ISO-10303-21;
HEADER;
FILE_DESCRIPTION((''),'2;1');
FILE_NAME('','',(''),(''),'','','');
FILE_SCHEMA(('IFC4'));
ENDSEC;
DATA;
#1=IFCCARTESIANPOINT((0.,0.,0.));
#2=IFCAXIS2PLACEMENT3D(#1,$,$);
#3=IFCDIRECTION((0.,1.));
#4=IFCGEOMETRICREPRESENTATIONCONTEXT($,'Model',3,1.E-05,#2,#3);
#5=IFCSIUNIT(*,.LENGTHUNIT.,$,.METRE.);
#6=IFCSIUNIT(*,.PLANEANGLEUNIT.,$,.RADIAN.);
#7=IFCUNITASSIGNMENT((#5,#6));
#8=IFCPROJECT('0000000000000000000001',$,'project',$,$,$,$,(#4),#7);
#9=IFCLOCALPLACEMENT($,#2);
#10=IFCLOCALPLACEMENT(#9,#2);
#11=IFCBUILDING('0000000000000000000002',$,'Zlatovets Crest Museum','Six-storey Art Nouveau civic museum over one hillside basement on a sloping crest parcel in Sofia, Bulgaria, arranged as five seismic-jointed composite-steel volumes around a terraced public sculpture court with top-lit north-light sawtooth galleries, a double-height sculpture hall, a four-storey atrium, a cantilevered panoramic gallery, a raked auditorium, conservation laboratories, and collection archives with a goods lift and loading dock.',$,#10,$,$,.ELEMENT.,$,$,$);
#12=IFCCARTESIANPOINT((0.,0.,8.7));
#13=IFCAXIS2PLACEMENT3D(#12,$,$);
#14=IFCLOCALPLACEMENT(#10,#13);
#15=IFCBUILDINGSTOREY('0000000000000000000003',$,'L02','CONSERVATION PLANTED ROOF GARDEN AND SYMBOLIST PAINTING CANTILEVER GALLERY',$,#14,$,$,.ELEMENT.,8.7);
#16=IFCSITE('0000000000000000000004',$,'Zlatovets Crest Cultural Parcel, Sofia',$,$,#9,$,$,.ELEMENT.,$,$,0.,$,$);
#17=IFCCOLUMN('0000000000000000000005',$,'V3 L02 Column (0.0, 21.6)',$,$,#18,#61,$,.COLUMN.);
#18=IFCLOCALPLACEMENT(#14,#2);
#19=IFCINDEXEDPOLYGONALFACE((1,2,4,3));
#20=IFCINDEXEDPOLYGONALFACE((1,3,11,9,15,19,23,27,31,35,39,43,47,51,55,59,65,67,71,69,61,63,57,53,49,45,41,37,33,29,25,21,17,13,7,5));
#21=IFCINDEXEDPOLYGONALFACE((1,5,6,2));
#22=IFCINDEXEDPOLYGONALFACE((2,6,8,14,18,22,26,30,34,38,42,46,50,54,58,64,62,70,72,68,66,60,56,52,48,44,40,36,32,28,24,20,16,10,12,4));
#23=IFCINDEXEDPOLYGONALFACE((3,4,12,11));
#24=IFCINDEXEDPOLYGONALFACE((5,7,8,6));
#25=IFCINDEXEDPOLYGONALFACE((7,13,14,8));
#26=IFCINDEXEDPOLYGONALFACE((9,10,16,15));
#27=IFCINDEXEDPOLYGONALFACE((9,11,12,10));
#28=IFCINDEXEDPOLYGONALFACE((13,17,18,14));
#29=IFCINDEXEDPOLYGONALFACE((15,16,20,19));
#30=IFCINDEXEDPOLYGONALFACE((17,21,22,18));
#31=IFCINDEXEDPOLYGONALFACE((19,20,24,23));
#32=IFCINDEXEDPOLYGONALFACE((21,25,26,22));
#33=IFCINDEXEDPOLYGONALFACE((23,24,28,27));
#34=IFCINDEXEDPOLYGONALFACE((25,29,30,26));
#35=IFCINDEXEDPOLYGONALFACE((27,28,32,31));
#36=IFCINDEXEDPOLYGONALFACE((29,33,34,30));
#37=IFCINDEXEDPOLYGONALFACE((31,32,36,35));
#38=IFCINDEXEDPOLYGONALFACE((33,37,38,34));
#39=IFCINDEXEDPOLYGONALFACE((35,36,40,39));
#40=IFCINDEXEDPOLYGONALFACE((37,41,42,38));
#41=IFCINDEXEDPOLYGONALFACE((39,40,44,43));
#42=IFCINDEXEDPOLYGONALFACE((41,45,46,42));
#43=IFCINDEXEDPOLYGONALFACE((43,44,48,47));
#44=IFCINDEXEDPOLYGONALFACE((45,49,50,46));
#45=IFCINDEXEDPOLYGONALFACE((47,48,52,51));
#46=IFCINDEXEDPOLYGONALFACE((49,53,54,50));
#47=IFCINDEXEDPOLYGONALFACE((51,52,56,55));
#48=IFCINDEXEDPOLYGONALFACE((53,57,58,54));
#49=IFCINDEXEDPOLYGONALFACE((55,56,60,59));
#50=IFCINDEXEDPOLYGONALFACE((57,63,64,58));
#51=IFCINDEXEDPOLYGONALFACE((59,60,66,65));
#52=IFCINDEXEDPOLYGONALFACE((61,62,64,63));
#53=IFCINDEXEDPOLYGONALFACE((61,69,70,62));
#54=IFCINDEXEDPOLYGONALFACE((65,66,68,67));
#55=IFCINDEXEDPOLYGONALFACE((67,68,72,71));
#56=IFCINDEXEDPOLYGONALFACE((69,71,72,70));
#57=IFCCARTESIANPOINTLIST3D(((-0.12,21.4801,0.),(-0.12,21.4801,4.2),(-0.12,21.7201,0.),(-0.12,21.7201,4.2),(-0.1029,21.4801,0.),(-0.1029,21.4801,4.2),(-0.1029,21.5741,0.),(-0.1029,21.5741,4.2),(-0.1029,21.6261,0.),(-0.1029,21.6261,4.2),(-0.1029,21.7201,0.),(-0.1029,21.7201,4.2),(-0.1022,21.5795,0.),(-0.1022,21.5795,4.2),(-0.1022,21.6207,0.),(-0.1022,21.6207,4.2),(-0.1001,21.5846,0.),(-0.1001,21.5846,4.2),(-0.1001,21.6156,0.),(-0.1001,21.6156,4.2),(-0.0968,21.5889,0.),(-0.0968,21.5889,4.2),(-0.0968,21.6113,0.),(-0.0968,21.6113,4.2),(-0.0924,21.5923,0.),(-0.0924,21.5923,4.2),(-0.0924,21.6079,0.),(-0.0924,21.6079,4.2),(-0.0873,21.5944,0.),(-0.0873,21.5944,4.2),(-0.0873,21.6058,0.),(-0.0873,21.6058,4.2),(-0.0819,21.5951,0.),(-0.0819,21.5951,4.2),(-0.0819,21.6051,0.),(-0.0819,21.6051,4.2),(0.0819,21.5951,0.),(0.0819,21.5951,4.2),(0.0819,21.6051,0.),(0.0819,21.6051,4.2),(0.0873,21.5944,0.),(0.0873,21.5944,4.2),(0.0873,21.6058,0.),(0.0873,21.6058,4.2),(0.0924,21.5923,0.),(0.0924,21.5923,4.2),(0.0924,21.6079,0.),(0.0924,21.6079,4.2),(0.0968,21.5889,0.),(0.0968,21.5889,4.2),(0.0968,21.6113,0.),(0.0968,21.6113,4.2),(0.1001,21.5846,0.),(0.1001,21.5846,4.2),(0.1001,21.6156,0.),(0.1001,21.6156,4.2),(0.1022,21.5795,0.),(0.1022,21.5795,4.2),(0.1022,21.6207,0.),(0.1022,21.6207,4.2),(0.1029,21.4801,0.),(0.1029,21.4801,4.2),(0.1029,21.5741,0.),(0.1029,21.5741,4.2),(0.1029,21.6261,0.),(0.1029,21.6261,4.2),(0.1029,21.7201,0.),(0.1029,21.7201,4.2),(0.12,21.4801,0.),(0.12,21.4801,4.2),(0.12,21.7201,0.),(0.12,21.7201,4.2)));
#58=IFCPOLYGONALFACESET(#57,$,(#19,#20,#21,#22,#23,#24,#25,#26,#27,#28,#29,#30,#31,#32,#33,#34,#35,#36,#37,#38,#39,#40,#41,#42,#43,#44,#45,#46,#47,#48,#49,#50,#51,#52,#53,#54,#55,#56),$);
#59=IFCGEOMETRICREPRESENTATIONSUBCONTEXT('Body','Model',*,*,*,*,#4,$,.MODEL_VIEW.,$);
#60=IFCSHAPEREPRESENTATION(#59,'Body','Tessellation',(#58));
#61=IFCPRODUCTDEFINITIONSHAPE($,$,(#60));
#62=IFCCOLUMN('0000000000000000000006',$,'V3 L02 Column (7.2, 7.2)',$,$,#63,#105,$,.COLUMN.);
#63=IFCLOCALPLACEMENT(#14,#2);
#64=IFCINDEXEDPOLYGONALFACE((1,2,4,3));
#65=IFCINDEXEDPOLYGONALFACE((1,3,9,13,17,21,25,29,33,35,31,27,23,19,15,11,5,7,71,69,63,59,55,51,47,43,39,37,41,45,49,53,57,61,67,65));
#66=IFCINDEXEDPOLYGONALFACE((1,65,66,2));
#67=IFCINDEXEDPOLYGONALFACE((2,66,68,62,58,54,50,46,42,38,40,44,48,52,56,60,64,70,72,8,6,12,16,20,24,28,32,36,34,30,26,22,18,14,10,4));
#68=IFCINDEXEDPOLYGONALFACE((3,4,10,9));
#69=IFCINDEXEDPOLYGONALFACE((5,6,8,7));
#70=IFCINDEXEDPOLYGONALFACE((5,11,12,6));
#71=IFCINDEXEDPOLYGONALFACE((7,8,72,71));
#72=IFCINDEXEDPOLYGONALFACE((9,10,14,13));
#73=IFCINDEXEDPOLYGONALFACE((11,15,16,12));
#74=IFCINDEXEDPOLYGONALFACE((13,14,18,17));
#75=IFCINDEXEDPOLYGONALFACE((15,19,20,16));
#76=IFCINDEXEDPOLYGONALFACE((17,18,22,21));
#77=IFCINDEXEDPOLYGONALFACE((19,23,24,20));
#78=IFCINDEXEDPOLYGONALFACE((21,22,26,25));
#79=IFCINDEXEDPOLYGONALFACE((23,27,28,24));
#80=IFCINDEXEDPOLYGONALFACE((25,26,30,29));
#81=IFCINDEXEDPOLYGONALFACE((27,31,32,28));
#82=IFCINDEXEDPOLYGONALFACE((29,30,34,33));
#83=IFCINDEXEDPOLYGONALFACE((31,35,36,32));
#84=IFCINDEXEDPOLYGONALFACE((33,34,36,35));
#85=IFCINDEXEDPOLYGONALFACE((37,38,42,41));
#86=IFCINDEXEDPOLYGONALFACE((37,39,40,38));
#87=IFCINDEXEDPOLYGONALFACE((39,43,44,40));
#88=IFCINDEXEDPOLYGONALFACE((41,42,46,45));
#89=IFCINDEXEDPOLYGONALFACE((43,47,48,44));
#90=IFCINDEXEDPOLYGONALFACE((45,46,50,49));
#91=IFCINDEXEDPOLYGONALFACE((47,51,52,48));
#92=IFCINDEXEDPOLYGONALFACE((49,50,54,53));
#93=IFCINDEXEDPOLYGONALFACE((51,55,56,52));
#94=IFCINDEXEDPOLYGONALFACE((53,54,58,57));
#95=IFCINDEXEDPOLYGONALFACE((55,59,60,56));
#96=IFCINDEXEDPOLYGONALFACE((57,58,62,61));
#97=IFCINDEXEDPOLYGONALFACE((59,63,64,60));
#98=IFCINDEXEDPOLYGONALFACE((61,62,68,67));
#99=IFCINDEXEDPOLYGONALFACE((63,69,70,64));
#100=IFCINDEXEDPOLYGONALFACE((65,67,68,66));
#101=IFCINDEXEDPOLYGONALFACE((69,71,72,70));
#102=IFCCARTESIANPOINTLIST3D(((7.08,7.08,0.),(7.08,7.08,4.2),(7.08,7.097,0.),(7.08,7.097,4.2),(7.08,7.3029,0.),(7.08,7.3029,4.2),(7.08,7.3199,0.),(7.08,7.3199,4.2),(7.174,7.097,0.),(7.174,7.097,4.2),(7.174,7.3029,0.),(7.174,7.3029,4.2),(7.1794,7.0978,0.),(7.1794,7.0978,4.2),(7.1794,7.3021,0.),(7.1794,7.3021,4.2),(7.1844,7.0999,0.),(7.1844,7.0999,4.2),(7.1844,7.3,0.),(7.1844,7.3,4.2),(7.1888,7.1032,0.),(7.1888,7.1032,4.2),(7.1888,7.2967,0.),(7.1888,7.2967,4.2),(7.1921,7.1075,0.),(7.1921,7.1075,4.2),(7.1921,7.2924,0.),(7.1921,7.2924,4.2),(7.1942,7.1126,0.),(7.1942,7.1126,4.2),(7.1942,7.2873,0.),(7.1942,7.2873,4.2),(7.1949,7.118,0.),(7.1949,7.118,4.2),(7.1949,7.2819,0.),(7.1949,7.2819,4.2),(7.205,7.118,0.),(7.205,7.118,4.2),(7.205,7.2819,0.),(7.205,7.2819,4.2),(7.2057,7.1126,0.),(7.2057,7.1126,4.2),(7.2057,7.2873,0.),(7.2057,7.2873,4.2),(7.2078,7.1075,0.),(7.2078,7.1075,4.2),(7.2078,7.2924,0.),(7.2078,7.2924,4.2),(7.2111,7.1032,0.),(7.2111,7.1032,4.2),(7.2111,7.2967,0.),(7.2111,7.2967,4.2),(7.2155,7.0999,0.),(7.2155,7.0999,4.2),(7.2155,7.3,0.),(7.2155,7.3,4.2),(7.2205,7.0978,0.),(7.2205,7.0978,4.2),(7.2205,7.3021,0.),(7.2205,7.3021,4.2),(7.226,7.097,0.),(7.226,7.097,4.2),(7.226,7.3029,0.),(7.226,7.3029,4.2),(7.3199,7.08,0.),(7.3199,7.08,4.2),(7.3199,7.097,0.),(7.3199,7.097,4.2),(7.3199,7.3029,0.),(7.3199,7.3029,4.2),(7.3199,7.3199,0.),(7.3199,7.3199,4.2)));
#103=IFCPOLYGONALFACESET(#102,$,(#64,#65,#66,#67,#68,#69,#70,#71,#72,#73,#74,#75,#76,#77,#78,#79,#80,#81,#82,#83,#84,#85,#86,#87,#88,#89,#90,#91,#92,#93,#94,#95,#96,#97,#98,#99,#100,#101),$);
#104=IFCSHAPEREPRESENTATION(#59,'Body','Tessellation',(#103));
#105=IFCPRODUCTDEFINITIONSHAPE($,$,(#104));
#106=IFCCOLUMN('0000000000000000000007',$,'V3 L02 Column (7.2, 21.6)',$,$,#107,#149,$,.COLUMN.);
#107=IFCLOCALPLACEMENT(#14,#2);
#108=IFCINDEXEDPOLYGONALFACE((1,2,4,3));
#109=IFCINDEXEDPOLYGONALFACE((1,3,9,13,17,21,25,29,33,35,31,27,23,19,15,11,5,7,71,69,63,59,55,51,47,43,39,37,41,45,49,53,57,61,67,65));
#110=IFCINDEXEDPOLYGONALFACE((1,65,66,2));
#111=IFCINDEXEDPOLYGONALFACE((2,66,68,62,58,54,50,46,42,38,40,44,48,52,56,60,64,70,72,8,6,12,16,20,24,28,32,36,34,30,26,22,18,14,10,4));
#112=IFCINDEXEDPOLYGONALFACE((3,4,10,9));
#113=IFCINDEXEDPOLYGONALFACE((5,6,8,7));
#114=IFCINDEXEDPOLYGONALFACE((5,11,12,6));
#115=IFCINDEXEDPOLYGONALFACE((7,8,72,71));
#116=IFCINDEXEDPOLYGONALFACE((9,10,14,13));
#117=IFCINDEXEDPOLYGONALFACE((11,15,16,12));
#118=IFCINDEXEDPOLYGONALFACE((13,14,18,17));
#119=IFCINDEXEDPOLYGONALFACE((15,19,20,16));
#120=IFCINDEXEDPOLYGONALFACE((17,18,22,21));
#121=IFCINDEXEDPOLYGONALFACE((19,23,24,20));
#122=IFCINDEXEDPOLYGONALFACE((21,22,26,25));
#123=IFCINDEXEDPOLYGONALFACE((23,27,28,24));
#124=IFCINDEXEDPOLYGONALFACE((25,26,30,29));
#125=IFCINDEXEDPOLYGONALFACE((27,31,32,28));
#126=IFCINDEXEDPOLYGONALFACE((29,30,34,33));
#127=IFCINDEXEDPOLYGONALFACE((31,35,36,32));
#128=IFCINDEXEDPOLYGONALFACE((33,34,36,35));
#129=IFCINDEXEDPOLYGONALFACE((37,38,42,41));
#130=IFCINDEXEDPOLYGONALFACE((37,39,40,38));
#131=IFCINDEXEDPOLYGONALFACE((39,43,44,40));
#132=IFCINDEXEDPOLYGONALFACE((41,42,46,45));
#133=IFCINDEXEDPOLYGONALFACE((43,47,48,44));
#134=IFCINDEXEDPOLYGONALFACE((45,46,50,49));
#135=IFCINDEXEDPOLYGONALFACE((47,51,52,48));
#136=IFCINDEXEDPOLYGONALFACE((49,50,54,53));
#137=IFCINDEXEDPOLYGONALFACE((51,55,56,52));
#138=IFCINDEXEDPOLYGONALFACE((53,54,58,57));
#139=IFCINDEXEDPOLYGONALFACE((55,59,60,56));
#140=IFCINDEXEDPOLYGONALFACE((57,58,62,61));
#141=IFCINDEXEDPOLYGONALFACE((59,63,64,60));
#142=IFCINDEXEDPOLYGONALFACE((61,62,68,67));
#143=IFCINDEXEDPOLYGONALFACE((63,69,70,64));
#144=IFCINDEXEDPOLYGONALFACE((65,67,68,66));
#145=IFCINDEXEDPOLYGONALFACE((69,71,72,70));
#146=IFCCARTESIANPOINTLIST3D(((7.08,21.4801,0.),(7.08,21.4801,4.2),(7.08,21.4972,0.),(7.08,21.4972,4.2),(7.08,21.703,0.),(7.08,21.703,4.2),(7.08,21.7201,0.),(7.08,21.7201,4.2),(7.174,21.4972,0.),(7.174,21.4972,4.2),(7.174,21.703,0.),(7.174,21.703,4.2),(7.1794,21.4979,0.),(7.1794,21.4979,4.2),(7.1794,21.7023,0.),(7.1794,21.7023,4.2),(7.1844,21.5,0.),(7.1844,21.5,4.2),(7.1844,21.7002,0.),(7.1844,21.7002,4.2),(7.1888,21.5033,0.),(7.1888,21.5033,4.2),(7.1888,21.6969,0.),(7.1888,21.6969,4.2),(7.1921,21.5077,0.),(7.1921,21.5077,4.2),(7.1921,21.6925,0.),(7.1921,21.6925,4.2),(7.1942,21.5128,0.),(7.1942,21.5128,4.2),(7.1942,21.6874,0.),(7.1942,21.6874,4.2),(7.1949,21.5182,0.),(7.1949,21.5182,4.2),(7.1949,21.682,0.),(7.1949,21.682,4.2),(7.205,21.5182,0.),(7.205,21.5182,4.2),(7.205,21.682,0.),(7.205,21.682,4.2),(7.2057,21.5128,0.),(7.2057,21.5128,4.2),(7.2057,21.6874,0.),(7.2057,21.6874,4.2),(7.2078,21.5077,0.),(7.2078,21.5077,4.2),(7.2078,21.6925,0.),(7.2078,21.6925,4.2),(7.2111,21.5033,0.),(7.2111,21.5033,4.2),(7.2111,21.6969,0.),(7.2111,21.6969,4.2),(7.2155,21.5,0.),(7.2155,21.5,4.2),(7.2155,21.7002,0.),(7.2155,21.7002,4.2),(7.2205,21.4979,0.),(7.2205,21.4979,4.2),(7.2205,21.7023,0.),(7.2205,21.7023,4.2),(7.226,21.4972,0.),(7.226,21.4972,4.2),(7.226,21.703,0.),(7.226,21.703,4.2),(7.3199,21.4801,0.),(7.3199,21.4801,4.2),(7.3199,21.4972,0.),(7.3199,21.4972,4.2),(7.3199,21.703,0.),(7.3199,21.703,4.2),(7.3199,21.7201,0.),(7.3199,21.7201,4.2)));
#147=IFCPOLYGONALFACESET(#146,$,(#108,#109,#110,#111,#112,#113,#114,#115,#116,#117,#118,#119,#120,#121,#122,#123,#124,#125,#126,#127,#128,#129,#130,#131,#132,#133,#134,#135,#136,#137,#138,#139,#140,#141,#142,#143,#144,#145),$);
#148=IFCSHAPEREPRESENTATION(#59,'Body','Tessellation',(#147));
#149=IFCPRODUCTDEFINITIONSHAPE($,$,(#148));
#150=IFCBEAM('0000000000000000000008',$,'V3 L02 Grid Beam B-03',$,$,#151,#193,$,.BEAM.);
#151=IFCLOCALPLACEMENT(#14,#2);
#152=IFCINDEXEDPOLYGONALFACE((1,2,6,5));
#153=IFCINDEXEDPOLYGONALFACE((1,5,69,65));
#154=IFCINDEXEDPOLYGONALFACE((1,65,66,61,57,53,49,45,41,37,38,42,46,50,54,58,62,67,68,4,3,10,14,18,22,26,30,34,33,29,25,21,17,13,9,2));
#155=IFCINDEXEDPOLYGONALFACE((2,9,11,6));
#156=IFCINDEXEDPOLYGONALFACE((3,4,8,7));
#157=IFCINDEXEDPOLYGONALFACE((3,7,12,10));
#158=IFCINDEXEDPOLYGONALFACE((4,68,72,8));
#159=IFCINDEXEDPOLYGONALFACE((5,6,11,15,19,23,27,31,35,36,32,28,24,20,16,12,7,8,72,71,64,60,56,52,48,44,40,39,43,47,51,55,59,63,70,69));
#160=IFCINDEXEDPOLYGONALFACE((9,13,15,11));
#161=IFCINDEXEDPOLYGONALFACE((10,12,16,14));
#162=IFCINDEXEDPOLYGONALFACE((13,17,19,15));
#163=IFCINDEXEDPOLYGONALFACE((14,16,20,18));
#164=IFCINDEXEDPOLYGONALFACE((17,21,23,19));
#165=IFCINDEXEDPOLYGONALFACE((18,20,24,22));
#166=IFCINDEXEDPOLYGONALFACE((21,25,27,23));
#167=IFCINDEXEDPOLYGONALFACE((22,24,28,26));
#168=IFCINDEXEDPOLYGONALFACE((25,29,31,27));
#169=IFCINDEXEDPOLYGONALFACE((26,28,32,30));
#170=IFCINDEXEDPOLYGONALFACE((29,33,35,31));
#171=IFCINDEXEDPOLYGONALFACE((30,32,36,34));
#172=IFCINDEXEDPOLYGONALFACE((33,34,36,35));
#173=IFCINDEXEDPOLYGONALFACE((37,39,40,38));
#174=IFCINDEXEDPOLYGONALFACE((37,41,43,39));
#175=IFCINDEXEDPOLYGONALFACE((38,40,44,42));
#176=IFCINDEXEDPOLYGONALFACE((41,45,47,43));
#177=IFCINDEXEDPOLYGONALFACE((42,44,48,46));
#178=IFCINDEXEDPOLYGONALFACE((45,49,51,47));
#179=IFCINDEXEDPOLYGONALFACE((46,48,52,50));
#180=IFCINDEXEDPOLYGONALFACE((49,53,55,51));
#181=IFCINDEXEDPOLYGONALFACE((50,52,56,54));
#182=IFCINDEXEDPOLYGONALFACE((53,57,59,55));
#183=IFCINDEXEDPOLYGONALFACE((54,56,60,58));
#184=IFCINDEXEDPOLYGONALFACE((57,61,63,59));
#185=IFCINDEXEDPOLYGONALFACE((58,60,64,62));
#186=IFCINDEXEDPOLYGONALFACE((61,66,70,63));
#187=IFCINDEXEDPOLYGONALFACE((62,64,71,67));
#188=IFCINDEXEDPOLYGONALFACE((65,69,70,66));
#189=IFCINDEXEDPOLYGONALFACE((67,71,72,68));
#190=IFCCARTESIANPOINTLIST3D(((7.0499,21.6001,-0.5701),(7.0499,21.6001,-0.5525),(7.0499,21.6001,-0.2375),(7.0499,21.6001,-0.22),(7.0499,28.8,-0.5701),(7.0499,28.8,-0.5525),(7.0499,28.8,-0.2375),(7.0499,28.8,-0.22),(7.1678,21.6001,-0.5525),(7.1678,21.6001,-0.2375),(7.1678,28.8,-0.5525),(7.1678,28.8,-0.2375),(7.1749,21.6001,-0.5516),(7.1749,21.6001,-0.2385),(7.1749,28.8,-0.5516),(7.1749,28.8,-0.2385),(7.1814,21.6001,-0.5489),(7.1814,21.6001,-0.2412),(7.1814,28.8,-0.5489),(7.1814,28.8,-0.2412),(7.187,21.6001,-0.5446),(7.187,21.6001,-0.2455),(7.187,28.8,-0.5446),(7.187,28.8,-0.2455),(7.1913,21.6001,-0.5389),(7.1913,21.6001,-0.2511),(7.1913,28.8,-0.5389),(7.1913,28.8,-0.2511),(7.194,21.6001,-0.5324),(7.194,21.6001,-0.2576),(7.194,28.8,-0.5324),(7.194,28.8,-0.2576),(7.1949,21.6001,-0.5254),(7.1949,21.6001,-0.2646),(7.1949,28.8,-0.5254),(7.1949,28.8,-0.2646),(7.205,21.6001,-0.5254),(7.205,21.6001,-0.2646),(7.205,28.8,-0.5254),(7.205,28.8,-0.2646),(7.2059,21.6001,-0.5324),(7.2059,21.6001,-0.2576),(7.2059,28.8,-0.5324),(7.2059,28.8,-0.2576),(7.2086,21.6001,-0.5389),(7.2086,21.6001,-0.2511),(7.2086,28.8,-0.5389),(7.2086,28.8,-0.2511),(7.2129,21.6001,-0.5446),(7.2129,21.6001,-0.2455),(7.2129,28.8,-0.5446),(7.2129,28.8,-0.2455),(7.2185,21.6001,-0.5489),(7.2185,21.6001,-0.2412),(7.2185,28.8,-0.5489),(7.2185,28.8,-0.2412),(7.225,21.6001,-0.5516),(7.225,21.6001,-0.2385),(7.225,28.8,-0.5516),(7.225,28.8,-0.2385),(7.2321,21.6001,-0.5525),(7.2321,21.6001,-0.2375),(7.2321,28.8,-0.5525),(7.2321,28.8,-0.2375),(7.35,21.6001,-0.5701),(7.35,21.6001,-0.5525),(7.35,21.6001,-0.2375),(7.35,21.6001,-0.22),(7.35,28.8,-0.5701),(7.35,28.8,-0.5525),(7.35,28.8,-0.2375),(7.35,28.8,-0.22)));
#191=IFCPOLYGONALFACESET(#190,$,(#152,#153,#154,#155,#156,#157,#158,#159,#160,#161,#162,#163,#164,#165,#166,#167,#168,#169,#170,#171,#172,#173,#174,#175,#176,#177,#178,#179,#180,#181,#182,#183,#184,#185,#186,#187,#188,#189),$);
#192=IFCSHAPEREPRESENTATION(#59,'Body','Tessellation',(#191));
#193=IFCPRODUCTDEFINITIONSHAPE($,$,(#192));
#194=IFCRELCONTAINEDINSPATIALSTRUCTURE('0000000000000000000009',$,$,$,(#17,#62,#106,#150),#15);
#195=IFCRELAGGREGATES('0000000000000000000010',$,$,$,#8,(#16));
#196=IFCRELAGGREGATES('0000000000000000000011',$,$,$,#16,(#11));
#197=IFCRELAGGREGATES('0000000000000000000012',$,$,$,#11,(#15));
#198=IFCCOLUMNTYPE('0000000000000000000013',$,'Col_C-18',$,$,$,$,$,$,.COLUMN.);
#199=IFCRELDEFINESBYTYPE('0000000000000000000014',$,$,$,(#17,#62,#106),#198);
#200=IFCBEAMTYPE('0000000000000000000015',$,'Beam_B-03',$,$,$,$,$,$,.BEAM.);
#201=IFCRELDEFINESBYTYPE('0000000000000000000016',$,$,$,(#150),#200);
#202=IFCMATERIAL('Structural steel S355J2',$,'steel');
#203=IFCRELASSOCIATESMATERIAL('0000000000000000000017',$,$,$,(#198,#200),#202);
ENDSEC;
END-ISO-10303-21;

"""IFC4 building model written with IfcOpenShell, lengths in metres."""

from ifc_helpers import new_model, si_unit, direction, frame, origin, origin_2d, place, context, subcontext, project, spatial, i_section, extrude, material, material_profile, profile_set, type_object, element, save


model = new_model("IFC4")

# Units and contexts
model_context = context("Model", 3, precision=1e-05, world=origin(), true_north=direction((0.0, 1.0)))
body_context = subcontext(model_context, "Body", "Model", "MODEL_VIEW")
ifc_project = project(units=[si_unit("LENGTHUNIT", "METRE"), si_unit("PLANEANGLEUNIT", "RADIAN")], contexts=[model_context])

# Site, building, storey
site_placement = place(None, origin())
site = spatial("IfcSite", under=ifc_project, at=site_placement, Name="Zlatovets Crest Cultural Parcel, Sofia", CompositionType="ELEMENT", RefElevation=0.0)
building_placement = place(site_placement, origin())
building = spatial("IfcBuilding", under=site, at=building_placement, Name="Zlatovets Crest Museum", Description="Six-storey Art Nouveau civic museum over one hillside basement on a sloping crest parcel in Sofia, Bulgaria, arranged as five seismic-jointed composite-steel volumes around a terraced public sculpture court with top-lit north-light sawtooth galleries, a double-height sculpture hall, a four-storey atrium, a cantilevered panoramic gallery, a raked auditorium, conservation laboratories, and collection archives with a goods lift and loading dock.", CompositionType="ELEMENT")
storey_placement = place(building_placement, frame((0.0, 0.0, 8.7)))
storey = spatial("IfcBuildingStorey", under=building, at=storey_placement, Name="L02", Description="CONSERVATION PLANTED ROOF GARDEN AND SYMBOLIST PAINTING CANTILEVER GALLERY", CompositionType="ELEMENT", Elevation=8.7)

# Columns
ifc_material_1 = material(Name="Structural steel S355J2", Category="steel")
ifc_material_profile_1 = material_profile(ifc_material_1, i_section(OverallWidth=0.24, OverallDepth=0.24, WebThickness=0.01, FlangeThickness=0.0171, FilletRadius=0.021, at=origin_2d()), Name="HEB 240")
ifc_profile_set_1 = profile_set([ifc_material_profile_1], Name="Structural steel S355J2")
column_type = type_object("IfcColumnType", Name="Col_C-18", PredefinedType="COLUMN", material=ifc_profile_set_1)
for number, where, z_axis, x_axis, name in (
    (1, (0.0, 21.6001, 0.0), (0.0, 0.0, 1.0), (0.0, 1.0, 0.0), "V3 L02 Column (0.0, 21.6)"),
    (2, (7.2, 7.2, 0.0), (0.0, 0.0, 1.0), (1.0, 0.0, 0.0), "V3 L02 Column (7.2, 7.2)"),
    (3, (7.2, 21.6001, 0.0), (0.0, 0.0, 1.0), (1.0, 0.0, 0.0), "V3 L02 Column (7.2, 21.6)"),
):
    element("IfcColumn", number, at=place(storey_placement, frame(where, z_axis=z_axis, x_axis=x_axis)), inside=storey, type_object=column_type, Name=name, PredefinedType="COLUMN", context=body_context, shape_type="SweptSolid", body=[
        extrude(i_section(OverallWidth=0.24, OverallDepth=0.24, WebThickness=0.01, FlangeThickness=0.0171, FilletRadius=0.021, at=origin_2d()), origin(), (0.0, 0.0, 1.0), 4.2),
    ])

# Beam
ifc_material_profile_2 = material_profile(ifc_material_1, i_section(OverallWidth=0.3, OverallDepth=0.3501, WebThickness=0.01, FlangeThickness=0.0176, FilletRadius=0.0271, at=origin_2d()), Name="HEA 360")
ifc_profile_set_2 = profile_set([ifc_material_profile_2], Name="Structural steel S355J2")
beam_type_1 = type_object("IfcBeamType", Name="Beam_B-03", PredefinedType="BEAM", material=ifc_profile_set_2)
beam_1_placement = place(storey_placement, frame((7.2, 21.6001, -0.395), z_axis=(0.0, 1.0, 0.0), x_axis=(-1.0, 0.0, 0.0)))
element("IfcBeam", 4, at=beam_1_placement, inside=storey, type_object=beam_type_1, Name="V3 L02 Grid Beam B-03", PredefinedType="BEAM", context=body_context, shape_type="SweptSolid", body=[
    extrude(i_section(OverallWidth=0.3, OverallDepth=0.3501, WebThickness=0.01, FlangeThickness=0.0176, FilletRadius=0.0271, at=origin_2d()), origin(), (0.0, 0.0, 1.0), 7.2),
])

save(model, "model.ifc")
